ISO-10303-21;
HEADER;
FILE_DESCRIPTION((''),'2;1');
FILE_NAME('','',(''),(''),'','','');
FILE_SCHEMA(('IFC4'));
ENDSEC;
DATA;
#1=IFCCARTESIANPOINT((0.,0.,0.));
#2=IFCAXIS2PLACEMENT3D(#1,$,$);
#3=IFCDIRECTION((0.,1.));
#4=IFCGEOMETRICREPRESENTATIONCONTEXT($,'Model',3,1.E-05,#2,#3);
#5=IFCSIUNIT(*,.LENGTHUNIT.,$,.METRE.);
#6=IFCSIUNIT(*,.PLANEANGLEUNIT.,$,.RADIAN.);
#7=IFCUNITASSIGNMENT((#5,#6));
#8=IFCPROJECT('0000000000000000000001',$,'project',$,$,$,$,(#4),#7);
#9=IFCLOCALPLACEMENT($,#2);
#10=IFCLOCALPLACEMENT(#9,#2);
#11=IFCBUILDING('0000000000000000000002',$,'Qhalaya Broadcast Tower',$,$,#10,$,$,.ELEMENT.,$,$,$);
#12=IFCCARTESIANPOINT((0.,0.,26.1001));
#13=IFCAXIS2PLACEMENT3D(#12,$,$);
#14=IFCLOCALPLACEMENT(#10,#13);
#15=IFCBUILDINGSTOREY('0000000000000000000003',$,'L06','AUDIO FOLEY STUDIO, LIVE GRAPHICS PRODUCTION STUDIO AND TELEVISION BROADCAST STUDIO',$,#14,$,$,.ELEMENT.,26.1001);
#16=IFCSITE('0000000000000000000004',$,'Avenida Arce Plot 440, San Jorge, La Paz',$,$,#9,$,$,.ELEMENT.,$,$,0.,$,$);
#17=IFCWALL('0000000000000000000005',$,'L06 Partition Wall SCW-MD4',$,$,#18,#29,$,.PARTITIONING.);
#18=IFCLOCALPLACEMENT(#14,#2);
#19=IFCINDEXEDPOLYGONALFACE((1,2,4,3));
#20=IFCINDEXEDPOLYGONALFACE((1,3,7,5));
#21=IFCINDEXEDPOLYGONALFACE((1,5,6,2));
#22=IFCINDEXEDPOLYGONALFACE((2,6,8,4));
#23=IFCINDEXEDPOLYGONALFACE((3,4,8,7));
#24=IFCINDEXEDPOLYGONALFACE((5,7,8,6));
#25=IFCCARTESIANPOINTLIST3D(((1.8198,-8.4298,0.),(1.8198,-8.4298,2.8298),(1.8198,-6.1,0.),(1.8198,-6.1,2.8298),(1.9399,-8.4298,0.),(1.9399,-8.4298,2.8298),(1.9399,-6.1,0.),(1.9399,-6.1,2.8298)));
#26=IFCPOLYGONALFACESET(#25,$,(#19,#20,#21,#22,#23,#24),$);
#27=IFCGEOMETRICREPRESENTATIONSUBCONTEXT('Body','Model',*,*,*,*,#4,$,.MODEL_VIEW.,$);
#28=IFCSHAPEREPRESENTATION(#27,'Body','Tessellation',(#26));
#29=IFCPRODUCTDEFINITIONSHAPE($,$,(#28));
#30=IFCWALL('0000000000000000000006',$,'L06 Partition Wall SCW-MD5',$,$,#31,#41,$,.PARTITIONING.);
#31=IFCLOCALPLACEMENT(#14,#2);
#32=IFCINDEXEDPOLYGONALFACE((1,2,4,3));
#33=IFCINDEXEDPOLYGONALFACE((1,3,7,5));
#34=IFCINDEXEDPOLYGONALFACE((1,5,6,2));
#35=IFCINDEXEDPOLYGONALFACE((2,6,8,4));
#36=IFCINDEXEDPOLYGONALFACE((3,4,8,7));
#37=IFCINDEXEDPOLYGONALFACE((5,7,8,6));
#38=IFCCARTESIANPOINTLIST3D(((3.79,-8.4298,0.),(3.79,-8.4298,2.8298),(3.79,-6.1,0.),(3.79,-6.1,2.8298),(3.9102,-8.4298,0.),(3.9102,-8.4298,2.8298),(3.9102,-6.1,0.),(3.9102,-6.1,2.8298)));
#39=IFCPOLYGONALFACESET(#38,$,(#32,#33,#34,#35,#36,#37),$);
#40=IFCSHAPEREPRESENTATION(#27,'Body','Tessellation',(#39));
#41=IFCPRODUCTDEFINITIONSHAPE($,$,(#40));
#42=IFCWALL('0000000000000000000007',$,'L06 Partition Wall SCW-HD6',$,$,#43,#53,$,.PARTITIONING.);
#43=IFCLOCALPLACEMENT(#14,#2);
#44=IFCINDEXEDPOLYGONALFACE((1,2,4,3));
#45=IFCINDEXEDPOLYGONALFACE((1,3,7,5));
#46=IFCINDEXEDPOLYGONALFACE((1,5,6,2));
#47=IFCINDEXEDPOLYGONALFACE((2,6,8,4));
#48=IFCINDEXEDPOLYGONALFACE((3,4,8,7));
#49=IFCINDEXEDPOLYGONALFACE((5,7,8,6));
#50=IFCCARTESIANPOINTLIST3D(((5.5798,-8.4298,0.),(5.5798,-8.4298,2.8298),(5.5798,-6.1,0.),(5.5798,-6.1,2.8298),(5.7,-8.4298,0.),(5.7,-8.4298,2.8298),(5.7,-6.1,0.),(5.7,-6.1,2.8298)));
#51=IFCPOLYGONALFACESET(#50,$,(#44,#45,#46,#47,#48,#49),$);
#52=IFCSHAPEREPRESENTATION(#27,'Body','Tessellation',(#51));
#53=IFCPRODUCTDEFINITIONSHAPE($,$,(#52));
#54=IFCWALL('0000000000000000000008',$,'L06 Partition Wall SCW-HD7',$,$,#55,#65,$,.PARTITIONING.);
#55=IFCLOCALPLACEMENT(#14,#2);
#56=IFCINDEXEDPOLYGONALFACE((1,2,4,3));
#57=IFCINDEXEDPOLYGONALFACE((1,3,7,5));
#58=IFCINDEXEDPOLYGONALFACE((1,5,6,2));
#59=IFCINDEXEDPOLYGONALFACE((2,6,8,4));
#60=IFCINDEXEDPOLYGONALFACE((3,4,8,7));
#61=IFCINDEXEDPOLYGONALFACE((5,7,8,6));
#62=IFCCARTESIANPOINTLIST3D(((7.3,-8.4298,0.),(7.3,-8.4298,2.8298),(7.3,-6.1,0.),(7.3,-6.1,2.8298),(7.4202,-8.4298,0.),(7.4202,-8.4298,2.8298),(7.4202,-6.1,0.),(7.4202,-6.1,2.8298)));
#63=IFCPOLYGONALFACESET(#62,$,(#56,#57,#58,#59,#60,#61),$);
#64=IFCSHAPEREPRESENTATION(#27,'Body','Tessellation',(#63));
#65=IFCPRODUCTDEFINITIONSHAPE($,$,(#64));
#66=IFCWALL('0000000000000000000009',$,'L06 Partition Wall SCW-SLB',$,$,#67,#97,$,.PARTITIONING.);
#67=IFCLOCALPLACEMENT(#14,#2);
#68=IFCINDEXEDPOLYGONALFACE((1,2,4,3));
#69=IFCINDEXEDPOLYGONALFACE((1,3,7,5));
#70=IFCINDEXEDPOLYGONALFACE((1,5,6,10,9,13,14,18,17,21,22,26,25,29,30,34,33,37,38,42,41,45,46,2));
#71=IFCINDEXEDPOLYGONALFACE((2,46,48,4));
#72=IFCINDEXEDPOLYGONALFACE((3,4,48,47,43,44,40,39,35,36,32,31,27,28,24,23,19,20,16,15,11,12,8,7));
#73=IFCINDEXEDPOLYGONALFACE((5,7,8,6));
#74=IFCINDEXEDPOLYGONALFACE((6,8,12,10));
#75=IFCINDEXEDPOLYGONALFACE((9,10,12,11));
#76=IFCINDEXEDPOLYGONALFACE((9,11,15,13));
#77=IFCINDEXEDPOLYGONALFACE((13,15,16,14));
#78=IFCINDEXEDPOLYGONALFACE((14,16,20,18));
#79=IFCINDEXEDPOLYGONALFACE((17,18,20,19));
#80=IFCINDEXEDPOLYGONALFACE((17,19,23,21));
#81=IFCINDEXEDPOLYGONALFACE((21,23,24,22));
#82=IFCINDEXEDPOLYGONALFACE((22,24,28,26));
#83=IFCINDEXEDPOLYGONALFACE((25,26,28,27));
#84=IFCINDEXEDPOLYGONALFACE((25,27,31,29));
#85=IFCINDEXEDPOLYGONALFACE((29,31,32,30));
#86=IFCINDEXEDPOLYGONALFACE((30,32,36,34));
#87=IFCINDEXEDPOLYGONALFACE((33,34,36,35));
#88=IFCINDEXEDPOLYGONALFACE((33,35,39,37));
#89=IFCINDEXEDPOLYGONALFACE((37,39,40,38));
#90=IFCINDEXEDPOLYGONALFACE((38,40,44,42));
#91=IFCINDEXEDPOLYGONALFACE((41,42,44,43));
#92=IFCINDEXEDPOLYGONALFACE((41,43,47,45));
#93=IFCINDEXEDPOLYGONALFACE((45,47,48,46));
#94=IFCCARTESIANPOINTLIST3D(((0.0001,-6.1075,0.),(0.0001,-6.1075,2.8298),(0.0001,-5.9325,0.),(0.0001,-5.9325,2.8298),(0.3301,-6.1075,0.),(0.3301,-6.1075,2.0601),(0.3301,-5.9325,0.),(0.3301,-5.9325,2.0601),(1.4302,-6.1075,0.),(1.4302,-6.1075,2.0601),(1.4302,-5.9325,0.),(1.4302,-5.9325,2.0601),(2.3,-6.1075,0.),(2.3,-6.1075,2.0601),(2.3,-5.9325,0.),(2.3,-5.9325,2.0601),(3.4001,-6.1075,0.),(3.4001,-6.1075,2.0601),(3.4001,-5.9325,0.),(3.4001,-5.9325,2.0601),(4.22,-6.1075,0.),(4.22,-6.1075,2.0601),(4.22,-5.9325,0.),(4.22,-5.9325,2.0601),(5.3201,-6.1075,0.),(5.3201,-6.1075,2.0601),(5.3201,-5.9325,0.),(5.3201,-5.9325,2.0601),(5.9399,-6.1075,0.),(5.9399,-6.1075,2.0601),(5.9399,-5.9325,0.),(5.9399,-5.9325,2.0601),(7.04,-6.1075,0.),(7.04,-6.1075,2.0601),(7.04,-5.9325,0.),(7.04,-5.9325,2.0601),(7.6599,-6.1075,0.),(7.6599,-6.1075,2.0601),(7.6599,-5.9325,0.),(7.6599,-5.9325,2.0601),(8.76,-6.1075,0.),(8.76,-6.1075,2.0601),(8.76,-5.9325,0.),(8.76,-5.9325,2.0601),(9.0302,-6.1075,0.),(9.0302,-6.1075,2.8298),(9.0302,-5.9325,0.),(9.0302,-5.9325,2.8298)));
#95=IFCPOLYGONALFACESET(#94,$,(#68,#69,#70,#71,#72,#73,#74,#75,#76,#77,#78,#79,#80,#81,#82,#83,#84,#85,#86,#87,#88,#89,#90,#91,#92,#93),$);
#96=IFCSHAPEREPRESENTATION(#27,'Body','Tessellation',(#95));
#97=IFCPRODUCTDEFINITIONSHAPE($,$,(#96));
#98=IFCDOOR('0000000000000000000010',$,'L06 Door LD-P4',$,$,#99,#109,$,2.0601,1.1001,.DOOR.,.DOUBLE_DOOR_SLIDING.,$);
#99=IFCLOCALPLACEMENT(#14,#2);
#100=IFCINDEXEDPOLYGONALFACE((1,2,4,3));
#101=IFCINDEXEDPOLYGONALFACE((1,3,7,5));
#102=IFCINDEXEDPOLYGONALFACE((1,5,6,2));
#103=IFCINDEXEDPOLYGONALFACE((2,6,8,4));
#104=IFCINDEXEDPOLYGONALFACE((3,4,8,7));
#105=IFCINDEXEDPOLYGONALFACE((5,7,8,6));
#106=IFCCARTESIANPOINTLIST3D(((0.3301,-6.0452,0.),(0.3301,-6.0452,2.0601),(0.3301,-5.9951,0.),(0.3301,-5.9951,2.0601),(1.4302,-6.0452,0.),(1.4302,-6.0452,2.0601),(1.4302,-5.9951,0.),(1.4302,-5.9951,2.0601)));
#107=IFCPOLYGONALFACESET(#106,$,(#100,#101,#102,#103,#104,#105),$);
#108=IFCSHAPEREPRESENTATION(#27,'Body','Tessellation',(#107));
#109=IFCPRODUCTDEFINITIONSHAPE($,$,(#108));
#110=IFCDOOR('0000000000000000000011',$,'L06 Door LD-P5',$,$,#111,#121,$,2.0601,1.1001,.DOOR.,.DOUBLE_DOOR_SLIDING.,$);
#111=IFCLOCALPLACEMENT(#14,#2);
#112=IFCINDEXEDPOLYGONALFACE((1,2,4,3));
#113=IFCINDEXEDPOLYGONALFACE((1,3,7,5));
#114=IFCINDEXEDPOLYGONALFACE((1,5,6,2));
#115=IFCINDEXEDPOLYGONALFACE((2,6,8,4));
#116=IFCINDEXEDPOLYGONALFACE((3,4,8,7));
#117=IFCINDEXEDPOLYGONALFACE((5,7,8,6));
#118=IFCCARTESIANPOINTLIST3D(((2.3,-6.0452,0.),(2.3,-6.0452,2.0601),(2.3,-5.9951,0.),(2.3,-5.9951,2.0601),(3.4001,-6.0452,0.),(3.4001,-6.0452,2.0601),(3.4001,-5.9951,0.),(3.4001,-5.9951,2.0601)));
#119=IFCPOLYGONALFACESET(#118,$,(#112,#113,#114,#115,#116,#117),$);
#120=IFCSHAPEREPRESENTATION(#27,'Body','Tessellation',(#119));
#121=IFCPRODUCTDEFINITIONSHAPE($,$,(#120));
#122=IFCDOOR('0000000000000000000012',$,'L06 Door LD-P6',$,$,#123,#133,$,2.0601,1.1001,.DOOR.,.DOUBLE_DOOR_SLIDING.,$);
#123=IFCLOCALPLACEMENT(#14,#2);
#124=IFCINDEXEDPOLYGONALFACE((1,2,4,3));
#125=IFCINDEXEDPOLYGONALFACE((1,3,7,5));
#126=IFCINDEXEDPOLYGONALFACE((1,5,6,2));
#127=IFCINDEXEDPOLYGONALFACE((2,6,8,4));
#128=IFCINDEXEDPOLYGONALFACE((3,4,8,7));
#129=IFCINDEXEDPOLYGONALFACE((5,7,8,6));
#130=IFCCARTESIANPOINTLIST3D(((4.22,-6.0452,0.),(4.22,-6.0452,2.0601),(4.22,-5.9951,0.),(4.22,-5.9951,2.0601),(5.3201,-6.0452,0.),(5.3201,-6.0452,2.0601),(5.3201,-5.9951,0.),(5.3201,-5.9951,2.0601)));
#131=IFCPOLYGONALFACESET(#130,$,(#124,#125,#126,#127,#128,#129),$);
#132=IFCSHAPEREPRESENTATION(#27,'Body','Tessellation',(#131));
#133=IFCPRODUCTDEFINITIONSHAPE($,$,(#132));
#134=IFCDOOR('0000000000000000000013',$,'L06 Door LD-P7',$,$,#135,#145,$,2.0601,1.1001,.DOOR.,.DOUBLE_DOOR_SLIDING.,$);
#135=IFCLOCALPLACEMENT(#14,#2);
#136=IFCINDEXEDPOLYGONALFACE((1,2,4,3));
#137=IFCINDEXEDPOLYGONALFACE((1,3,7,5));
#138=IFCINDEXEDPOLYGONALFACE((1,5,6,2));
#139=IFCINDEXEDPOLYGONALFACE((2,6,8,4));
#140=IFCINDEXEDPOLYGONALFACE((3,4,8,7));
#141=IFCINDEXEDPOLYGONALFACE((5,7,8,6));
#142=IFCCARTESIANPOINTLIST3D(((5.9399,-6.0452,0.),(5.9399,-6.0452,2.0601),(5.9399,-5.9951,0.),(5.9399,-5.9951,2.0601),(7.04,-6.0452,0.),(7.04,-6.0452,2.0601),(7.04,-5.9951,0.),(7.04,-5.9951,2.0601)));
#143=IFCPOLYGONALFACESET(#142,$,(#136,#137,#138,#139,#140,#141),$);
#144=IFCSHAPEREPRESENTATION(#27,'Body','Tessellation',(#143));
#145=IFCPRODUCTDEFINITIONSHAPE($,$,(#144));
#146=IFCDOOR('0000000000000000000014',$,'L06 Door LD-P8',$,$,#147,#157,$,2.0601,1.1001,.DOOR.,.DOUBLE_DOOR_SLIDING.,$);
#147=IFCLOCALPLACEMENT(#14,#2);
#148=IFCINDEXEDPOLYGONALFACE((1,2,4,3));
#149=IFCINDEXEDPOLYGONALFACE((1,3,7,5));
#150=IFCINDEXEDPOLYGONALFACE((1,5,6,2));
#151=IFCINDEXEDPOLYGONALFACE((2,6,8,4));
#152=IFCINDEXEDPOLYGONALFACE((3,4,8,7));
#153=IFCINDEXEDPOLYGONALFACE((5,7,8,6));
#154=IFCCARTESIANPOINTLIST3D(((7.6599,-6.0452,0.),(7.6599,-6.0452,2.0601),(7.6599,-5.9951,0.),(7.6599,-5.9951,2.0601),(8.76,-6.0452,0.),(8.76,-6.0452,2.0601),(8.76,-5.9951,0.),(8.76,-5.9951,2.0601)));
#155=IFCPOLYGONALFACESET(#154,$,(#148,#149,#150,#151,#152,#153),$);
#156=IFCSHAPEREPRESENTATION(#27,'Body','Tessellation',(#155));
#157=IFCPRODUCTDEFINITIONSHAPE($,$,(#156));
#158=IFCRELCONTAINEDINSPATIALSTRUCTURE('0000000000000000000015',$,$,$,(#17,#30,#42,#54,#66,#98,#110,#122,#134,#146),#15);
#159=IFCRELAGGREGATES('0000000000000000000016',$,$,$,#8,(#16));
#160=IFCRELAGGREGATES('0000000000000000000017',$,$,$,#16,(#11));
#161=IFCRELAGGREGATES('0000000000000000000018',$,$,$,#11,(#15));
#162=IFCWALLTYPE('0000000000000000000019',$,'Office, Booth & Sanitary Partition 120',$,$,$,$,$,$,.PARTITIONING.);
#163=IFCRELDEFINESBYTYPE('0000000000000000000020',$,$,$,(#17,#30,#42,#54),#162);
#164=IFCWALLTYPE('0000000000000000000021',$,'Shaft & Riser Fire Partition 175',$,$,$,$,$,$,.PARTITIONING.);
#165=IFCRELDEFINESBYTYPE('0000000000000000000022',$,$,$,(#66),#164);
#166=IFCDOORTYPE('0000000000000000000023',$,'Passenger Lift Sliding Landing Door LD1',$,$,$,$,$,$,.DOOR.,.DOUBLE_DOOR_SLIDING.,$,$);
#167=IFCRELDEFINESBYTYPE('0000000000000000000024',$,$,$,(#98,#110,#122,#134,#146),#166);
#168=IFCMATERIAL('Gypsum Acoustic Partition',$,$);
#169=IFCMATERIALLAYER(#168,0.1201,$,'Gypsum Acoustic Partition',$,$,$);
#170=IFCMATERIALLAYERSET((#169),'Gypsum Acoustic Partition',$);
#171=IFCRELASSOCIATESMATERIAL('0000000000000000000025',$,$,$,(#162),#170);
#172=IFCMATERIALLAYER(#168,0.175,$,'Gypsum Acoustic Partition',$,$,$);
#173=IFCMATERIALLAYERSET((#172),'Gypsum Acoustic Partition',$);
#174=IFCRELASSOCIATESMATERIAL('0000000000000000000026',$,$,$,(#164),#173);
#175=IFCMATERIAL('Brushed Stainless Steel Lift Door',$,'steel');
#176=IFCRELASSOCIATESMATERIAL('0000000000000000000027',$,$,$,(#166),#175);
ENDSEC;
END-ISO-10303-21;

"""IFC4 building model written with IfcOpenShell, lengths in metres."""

from ifc_helpers import new_model, si_unit, direction, frame, frame_2d, origin, place, context, subcontext, project, spatial, rectangle, extrude, material, layer, layer_set, type_object, element, fill, save


model = new_model("IFC4")

# Units and contexts
model_context = context("Model", 3, precision=1e-05, world=origin(), true_north=direction((0.0, 1.0)))
body_context = subcontext(model_context, "Body", "Model", "MODEL_VIEW")
ifc_project = project(units=[si_unit("LENGTHUNIT", "METRE"), si_unit("PLANEANGLEUNIT", "RADIAN")], contexts=[model_context])

# Site, building, storey
site_placement = place(None, origin())
site = spatial("IfcSite", under=ifc_project, at=site_placement, Name="Avenida Arce Plot 440, San Jorge, La Paz", CompositionType="ELEMENT", RefElevation=0.0)
building_placement = place(site_placement, origin())
building = spatial("IfcBuilding", under=site, at=building_placement, Name="Qhalaya Broadcast Tower", CompositionType="ELEMENT")
storey_placement = place(building_placement, frame((0.0, 0.0, 26.1001)))
storey = spatial("IfcBuildingStorey", under=building, at=storey_placement, Name="L06", Description="AUDIO FOLEY STUDIO, LIVE GRAPHICS PRODUCTION STUDIO AND TELEVISION BROADCAST STUDIO", CompositionType="ELEMENT", Elevation=26.1001)

# Walls
ifc_material_1 = material(Name="Gypsum Acoustic Partition")
ifc_layer_1 = layer(ifc_material_1, 0.1201, Name="Gypsum Acoustic Partition")
ifc_layer_set_1 = layer_set([ifc_layer_1], Name="Gypsum Acoustic Partition")
wall_type_1 = type_object("IfcWallType", Name="Office, Booth & Sanitary Partition 120", PredefinedType="PARTITIONING", material=ifc_layer_set_1)
for number, where, z_axis, x_axis, name in (
    (1, (1.8799, -8.4299, 0.0), (0.0, 0.0, 1.0), (0.0, 1.0, 0.0), "L06 Partition Wall SCW-MD4"),
    (2, (3.8501, -8.4299, 0.0), (0.0, 0.0, 1.0), (0.0, 1.0, 0.0), "L06 Partition Wall SCW-MD5"),
    (3, (5.6399, -8.4299, 0.0), (0.0, 0.0, 1.0), (0.0, 1.0, 0.0), "L06 Partition Wall SCW-HD6"),
    (4, (7.3601, -8.4299, 0.0), (0.0, 0.0, 1.0), (0.0, 1.0, 0.0), "L06 Partition Wall SCW-HD7"),
):
    element("IfcWall", number, at=place(storey_placement, frame(where, z_axis=z_axis, x_axis=x_axis)), inside=storey, type_object=wall_type_1, Name=name, PredefinedType="PARTITIONING", context=body_context, shape_type="SweptSolid", body=[
        extrude(rectangle(XDim=2.3298, YDim=0.1201, at=frame_2d((1.165, 0.0))), origin(), (0.0, 0.0, 1.0), 2.8298),
    ])

# Wall, openings, doors
ifc_layer_2 = layer(ifc_material_1, 0.175, Name="Gypsum Acoustic Partition")
ifc_layer_set_2 = layer_set([ifc_layer_2], Name="Gypsum Acoustic Partition")
wall_type_2 = type_object("IfcWallType", Name="Shaft & Riser Fire Partition 175", PredefinedType="PARTITIONING", material=ifc_layer_set_2)
wall_placement = place(storey_placement, frame((0.0, -6.02, 0.0), z_axis=(0.0, 0.0, 1.0), x_axis=(1.0, 0.0, 0.0)))
wall = element("IfcWall", 5, at=wall_placement, inside=storey, type_object=wall_type_2, Name="L06 Partition Wall SCW-SLB", PredefinedType="PARTITIONING", context=body_context, shape_type="SweptSolid", body=[
    extrude(rectangle(XDim=9.03, YDim=0.175, at=frame_2d((4.5151, 0.0))), origin(), (0.0, 0.0, 1.0), 2.8298),
])
opening_1_placement = place(wall_placement, frame((0.3301, 0.0, 0.0)))
opening_1 = element("IfcOpeningElement", 6, at=opening_1_placement, cuts=wall, PredefinedType="OPENING", context=body_context, shape_type="SweptSolid", body=[
    extrude(rectangle(XDim=1.1001, YDim=2.0601, at=frame_2d((0.55, 1.03))), frame((0.0, 0.0996, 0.0), z_axis=(0.0, -1.0, 0.0), x_axis=(1.0, 0.0, 0.0)), (0.0, 0.0, 1.0), 0.199),
])
opening_2_placement = place(wall_placement, frame((2.3, 0.0, 0.0)))
opening_2 = element("IfcOpeningElement", 7, at=opening_2_placement, cuts=wall, PredefinedType="OPENING", context=body_context, shape_type="SweptSolid", body=[
    extrude(rectangle(XDim=1.1001, YDim=2.0601, at=frame_2d((0.55, 1.03))), frame((0.0, 0.0996, 0.0), z_axis=(0.0, -1.0, 0.0), x_axis=(1.0, 0.0, 0.0)), (0.0, 0.0, 1.0), 0.199),
])
opening_3_placement = place(wall_placement, frame((4.22, 0.0, 0.0)))
opening_3 = element("IfcOpeningElement", 8, at=opening_3_placement, cuts=wall, PredefinedType="OPENING", context=body_context, shape_type="SweptSolid", body=[
    extrude(rectangle(XDim=1.1001, YDim=2.0601, at=frame_2d((0.55, 1.03))), frame((0.0, 0.0996, 0.0), z_axis=(0.0, -1.0, 0.0), x_axis=(1.0, 0.0, 0.0)), (0.0, 0.0, 1.0), 0.199),
])
opening_4_placement = place(wall_placement, frame((5.9399, 0.0, 0.0)))
opening_4 = element("IfcOpeningElement", 9, at=opening_4_placement, cuts=wall, PredefinedType="OPENING", context=body_context, shape_type="SweptSolid", body=[
    extrude(rectangle(XDim=1.1001, YDim=2.0601, at=frame_2d((0.55, 1.03))), frame((0.0, 0.0996, 0.0), z_axis=(0.0, -1.0, 0.0), x_axis=(1.0, 0.0, 0.0)), (0.0, 0.0, 1.0), 0.199),
])
opening_5_placement = place(wall_placement, frame((7.6599, 0.0, 0.0)))
opening_5 = element("IfcOpeningElement", 10, at=opening_5_placement, cuts=wall, PredefinedType="OPENING", context=body_context, shape_type="SweptSolid", body=[
    extrude(rectangle(XDim=1.1001, YDim=2.0601, at=frame_2d((0.55, 1.03))), frame((0.0, 0.0996, 0.0), z_axis=(0.0, -1.0, 0.0), x_axis=(1.0, 0.0, 0.0)), (0.0, 0.0, 1.0), 0.199),
])
ifc_material_2 = material(Name="Brushed Stainless Steel Lift Door", Category="steel")
door_type = type_object("IfcDoorType", Name="Passenger Lift Sliding Landing Door LD1", OperationType="DOUBLE_DOOR_SLIDING", PredefinedType="DOOR", material=ifc_material_2)
door_1_placement = place(opening_1_placement, origin())
door_1 = element("IfcDoor", 11, at=door_1_placement, inside=storey, type_object=door_type, Name="L06 Door LD-P4", OperationType="DOUBLE_DOOR_SLIDING", OverallHeight=2.0601, OverallWidth=1.1001, PredefinedType="DOOR", context=body_context, shape_type="SweptSolid", body=[
    extrude(rectangle(XDim=1.1001, YDim=2.0601, at=frame_2d((0.55, 1.03))), frame((0.0, 0.0249, 0.0), z_axis=(0.0, -1.0, 0.0), x_axis=(1.0, 0.0, 0.0)), (0.0, 0.0, 1.0), 0.05),
])
fill(opening_1, door_1)
door_2_placement = place(opening_2_placement, origin())
door_2 = element("IfcDoor", 12, at=door_2_placement, inside=storey, type_object=door_type, Name="L06 Door LD-P5", OperationType="DOUBLE_DOOR_SLIDING", OverallHeight=2.0601, OverallWidth=1.1001, PredefinedType="DOOR", context=body_context, shape_type="SweptSolid", body=[
    extrude(rectangle(XDim=1.1001, YDim=2.0601, at=frame_2d((0.55, 1.03))), frame((0.0, 0.0249, 0.0), z_axis=(0.0, -1.0, 0.0), x_axis=(1.0, 0.0, 0.0)), (0.0, 0.0, 1.0), 0.05),
])
fill(opening_2, door_2)
door_3_placement = place(opening_3_placement, origin())
door_3 = element("IfcDoor", 13, at=door_3_placement, inside=storey, type_object=door_type, Name="L06 Door LD-P6", OperationType="DOUBLE_DOOR_SLIDING", OverallHeight=2.0601, OverallWidth=1.1001, PredefinedType="DOOR", context=body_context, shape_type="SweptSolid", body=[
    extrude(rectangle(XDim=1.1001, YDim=2.0601, at=frame_2d((0.55, 1.03))), frame((0.0, 0.0249, 0.0), z_axis=(0.0, -1.0, 0.0), x_axis=(1.0, 0.0, 0.0)), (0.0, 0.0, 1.0), 0.05),
])
fill(opening_3, door_3)
door_4_placement = place(opening_4_placement, origin())
door_4 = element("IfcDoor", 14, at=door_4_placement, inside=storey, type_object=door_type, Name="L06 Door LD-P7", OperationType="DOUBLE_DOOR_SLIDING", OverallHeight=2.0601, OverallWidth=1.1001, PredefinedType="DOOR", context=body_context, shape_type="SweptSolid", body=[
    extrude(rectangle(XDim=1.1001, YDim=2.0601, at=frame_2d((0.55, 1.03))), frame((0.0, 0.0249, 0.0), z_axis=(0.0, -1.0, 0.0), x_axis=(1.0, 0.0, 0.0)), (0.0, 0.0, 1.0), 0.05),
])
fill(opening_4, door_4)
door_5_placement = place(opening_5_placement, origin())
door_5 = element("IfcDoor", 15, at=door_5_placement, inside=storey, type_object=door_type, Name="L06 Door LD-P8", OperationType="DOUBLE_DOOR_SLIDING", OverallHeight=2.0601, OverallWidth=1.1001, PredefinedType="DOOR", context=body_context, shape_type="SweptSolid", body=[
    extrude(rectangle(XDim=1.1001, YDim=2.0601, at=frame_2d((0.55, 1.03))), frame((0.0, 0.0249, 0.0), z_axis=(0.0, -1.0, 0.0), x_axis=(1.0, 0.0, 0.0)), (0.0, 0.0, 1.0), 0.05),
])
fill(opening_5, door_5)

save(model, "model.ifc")
